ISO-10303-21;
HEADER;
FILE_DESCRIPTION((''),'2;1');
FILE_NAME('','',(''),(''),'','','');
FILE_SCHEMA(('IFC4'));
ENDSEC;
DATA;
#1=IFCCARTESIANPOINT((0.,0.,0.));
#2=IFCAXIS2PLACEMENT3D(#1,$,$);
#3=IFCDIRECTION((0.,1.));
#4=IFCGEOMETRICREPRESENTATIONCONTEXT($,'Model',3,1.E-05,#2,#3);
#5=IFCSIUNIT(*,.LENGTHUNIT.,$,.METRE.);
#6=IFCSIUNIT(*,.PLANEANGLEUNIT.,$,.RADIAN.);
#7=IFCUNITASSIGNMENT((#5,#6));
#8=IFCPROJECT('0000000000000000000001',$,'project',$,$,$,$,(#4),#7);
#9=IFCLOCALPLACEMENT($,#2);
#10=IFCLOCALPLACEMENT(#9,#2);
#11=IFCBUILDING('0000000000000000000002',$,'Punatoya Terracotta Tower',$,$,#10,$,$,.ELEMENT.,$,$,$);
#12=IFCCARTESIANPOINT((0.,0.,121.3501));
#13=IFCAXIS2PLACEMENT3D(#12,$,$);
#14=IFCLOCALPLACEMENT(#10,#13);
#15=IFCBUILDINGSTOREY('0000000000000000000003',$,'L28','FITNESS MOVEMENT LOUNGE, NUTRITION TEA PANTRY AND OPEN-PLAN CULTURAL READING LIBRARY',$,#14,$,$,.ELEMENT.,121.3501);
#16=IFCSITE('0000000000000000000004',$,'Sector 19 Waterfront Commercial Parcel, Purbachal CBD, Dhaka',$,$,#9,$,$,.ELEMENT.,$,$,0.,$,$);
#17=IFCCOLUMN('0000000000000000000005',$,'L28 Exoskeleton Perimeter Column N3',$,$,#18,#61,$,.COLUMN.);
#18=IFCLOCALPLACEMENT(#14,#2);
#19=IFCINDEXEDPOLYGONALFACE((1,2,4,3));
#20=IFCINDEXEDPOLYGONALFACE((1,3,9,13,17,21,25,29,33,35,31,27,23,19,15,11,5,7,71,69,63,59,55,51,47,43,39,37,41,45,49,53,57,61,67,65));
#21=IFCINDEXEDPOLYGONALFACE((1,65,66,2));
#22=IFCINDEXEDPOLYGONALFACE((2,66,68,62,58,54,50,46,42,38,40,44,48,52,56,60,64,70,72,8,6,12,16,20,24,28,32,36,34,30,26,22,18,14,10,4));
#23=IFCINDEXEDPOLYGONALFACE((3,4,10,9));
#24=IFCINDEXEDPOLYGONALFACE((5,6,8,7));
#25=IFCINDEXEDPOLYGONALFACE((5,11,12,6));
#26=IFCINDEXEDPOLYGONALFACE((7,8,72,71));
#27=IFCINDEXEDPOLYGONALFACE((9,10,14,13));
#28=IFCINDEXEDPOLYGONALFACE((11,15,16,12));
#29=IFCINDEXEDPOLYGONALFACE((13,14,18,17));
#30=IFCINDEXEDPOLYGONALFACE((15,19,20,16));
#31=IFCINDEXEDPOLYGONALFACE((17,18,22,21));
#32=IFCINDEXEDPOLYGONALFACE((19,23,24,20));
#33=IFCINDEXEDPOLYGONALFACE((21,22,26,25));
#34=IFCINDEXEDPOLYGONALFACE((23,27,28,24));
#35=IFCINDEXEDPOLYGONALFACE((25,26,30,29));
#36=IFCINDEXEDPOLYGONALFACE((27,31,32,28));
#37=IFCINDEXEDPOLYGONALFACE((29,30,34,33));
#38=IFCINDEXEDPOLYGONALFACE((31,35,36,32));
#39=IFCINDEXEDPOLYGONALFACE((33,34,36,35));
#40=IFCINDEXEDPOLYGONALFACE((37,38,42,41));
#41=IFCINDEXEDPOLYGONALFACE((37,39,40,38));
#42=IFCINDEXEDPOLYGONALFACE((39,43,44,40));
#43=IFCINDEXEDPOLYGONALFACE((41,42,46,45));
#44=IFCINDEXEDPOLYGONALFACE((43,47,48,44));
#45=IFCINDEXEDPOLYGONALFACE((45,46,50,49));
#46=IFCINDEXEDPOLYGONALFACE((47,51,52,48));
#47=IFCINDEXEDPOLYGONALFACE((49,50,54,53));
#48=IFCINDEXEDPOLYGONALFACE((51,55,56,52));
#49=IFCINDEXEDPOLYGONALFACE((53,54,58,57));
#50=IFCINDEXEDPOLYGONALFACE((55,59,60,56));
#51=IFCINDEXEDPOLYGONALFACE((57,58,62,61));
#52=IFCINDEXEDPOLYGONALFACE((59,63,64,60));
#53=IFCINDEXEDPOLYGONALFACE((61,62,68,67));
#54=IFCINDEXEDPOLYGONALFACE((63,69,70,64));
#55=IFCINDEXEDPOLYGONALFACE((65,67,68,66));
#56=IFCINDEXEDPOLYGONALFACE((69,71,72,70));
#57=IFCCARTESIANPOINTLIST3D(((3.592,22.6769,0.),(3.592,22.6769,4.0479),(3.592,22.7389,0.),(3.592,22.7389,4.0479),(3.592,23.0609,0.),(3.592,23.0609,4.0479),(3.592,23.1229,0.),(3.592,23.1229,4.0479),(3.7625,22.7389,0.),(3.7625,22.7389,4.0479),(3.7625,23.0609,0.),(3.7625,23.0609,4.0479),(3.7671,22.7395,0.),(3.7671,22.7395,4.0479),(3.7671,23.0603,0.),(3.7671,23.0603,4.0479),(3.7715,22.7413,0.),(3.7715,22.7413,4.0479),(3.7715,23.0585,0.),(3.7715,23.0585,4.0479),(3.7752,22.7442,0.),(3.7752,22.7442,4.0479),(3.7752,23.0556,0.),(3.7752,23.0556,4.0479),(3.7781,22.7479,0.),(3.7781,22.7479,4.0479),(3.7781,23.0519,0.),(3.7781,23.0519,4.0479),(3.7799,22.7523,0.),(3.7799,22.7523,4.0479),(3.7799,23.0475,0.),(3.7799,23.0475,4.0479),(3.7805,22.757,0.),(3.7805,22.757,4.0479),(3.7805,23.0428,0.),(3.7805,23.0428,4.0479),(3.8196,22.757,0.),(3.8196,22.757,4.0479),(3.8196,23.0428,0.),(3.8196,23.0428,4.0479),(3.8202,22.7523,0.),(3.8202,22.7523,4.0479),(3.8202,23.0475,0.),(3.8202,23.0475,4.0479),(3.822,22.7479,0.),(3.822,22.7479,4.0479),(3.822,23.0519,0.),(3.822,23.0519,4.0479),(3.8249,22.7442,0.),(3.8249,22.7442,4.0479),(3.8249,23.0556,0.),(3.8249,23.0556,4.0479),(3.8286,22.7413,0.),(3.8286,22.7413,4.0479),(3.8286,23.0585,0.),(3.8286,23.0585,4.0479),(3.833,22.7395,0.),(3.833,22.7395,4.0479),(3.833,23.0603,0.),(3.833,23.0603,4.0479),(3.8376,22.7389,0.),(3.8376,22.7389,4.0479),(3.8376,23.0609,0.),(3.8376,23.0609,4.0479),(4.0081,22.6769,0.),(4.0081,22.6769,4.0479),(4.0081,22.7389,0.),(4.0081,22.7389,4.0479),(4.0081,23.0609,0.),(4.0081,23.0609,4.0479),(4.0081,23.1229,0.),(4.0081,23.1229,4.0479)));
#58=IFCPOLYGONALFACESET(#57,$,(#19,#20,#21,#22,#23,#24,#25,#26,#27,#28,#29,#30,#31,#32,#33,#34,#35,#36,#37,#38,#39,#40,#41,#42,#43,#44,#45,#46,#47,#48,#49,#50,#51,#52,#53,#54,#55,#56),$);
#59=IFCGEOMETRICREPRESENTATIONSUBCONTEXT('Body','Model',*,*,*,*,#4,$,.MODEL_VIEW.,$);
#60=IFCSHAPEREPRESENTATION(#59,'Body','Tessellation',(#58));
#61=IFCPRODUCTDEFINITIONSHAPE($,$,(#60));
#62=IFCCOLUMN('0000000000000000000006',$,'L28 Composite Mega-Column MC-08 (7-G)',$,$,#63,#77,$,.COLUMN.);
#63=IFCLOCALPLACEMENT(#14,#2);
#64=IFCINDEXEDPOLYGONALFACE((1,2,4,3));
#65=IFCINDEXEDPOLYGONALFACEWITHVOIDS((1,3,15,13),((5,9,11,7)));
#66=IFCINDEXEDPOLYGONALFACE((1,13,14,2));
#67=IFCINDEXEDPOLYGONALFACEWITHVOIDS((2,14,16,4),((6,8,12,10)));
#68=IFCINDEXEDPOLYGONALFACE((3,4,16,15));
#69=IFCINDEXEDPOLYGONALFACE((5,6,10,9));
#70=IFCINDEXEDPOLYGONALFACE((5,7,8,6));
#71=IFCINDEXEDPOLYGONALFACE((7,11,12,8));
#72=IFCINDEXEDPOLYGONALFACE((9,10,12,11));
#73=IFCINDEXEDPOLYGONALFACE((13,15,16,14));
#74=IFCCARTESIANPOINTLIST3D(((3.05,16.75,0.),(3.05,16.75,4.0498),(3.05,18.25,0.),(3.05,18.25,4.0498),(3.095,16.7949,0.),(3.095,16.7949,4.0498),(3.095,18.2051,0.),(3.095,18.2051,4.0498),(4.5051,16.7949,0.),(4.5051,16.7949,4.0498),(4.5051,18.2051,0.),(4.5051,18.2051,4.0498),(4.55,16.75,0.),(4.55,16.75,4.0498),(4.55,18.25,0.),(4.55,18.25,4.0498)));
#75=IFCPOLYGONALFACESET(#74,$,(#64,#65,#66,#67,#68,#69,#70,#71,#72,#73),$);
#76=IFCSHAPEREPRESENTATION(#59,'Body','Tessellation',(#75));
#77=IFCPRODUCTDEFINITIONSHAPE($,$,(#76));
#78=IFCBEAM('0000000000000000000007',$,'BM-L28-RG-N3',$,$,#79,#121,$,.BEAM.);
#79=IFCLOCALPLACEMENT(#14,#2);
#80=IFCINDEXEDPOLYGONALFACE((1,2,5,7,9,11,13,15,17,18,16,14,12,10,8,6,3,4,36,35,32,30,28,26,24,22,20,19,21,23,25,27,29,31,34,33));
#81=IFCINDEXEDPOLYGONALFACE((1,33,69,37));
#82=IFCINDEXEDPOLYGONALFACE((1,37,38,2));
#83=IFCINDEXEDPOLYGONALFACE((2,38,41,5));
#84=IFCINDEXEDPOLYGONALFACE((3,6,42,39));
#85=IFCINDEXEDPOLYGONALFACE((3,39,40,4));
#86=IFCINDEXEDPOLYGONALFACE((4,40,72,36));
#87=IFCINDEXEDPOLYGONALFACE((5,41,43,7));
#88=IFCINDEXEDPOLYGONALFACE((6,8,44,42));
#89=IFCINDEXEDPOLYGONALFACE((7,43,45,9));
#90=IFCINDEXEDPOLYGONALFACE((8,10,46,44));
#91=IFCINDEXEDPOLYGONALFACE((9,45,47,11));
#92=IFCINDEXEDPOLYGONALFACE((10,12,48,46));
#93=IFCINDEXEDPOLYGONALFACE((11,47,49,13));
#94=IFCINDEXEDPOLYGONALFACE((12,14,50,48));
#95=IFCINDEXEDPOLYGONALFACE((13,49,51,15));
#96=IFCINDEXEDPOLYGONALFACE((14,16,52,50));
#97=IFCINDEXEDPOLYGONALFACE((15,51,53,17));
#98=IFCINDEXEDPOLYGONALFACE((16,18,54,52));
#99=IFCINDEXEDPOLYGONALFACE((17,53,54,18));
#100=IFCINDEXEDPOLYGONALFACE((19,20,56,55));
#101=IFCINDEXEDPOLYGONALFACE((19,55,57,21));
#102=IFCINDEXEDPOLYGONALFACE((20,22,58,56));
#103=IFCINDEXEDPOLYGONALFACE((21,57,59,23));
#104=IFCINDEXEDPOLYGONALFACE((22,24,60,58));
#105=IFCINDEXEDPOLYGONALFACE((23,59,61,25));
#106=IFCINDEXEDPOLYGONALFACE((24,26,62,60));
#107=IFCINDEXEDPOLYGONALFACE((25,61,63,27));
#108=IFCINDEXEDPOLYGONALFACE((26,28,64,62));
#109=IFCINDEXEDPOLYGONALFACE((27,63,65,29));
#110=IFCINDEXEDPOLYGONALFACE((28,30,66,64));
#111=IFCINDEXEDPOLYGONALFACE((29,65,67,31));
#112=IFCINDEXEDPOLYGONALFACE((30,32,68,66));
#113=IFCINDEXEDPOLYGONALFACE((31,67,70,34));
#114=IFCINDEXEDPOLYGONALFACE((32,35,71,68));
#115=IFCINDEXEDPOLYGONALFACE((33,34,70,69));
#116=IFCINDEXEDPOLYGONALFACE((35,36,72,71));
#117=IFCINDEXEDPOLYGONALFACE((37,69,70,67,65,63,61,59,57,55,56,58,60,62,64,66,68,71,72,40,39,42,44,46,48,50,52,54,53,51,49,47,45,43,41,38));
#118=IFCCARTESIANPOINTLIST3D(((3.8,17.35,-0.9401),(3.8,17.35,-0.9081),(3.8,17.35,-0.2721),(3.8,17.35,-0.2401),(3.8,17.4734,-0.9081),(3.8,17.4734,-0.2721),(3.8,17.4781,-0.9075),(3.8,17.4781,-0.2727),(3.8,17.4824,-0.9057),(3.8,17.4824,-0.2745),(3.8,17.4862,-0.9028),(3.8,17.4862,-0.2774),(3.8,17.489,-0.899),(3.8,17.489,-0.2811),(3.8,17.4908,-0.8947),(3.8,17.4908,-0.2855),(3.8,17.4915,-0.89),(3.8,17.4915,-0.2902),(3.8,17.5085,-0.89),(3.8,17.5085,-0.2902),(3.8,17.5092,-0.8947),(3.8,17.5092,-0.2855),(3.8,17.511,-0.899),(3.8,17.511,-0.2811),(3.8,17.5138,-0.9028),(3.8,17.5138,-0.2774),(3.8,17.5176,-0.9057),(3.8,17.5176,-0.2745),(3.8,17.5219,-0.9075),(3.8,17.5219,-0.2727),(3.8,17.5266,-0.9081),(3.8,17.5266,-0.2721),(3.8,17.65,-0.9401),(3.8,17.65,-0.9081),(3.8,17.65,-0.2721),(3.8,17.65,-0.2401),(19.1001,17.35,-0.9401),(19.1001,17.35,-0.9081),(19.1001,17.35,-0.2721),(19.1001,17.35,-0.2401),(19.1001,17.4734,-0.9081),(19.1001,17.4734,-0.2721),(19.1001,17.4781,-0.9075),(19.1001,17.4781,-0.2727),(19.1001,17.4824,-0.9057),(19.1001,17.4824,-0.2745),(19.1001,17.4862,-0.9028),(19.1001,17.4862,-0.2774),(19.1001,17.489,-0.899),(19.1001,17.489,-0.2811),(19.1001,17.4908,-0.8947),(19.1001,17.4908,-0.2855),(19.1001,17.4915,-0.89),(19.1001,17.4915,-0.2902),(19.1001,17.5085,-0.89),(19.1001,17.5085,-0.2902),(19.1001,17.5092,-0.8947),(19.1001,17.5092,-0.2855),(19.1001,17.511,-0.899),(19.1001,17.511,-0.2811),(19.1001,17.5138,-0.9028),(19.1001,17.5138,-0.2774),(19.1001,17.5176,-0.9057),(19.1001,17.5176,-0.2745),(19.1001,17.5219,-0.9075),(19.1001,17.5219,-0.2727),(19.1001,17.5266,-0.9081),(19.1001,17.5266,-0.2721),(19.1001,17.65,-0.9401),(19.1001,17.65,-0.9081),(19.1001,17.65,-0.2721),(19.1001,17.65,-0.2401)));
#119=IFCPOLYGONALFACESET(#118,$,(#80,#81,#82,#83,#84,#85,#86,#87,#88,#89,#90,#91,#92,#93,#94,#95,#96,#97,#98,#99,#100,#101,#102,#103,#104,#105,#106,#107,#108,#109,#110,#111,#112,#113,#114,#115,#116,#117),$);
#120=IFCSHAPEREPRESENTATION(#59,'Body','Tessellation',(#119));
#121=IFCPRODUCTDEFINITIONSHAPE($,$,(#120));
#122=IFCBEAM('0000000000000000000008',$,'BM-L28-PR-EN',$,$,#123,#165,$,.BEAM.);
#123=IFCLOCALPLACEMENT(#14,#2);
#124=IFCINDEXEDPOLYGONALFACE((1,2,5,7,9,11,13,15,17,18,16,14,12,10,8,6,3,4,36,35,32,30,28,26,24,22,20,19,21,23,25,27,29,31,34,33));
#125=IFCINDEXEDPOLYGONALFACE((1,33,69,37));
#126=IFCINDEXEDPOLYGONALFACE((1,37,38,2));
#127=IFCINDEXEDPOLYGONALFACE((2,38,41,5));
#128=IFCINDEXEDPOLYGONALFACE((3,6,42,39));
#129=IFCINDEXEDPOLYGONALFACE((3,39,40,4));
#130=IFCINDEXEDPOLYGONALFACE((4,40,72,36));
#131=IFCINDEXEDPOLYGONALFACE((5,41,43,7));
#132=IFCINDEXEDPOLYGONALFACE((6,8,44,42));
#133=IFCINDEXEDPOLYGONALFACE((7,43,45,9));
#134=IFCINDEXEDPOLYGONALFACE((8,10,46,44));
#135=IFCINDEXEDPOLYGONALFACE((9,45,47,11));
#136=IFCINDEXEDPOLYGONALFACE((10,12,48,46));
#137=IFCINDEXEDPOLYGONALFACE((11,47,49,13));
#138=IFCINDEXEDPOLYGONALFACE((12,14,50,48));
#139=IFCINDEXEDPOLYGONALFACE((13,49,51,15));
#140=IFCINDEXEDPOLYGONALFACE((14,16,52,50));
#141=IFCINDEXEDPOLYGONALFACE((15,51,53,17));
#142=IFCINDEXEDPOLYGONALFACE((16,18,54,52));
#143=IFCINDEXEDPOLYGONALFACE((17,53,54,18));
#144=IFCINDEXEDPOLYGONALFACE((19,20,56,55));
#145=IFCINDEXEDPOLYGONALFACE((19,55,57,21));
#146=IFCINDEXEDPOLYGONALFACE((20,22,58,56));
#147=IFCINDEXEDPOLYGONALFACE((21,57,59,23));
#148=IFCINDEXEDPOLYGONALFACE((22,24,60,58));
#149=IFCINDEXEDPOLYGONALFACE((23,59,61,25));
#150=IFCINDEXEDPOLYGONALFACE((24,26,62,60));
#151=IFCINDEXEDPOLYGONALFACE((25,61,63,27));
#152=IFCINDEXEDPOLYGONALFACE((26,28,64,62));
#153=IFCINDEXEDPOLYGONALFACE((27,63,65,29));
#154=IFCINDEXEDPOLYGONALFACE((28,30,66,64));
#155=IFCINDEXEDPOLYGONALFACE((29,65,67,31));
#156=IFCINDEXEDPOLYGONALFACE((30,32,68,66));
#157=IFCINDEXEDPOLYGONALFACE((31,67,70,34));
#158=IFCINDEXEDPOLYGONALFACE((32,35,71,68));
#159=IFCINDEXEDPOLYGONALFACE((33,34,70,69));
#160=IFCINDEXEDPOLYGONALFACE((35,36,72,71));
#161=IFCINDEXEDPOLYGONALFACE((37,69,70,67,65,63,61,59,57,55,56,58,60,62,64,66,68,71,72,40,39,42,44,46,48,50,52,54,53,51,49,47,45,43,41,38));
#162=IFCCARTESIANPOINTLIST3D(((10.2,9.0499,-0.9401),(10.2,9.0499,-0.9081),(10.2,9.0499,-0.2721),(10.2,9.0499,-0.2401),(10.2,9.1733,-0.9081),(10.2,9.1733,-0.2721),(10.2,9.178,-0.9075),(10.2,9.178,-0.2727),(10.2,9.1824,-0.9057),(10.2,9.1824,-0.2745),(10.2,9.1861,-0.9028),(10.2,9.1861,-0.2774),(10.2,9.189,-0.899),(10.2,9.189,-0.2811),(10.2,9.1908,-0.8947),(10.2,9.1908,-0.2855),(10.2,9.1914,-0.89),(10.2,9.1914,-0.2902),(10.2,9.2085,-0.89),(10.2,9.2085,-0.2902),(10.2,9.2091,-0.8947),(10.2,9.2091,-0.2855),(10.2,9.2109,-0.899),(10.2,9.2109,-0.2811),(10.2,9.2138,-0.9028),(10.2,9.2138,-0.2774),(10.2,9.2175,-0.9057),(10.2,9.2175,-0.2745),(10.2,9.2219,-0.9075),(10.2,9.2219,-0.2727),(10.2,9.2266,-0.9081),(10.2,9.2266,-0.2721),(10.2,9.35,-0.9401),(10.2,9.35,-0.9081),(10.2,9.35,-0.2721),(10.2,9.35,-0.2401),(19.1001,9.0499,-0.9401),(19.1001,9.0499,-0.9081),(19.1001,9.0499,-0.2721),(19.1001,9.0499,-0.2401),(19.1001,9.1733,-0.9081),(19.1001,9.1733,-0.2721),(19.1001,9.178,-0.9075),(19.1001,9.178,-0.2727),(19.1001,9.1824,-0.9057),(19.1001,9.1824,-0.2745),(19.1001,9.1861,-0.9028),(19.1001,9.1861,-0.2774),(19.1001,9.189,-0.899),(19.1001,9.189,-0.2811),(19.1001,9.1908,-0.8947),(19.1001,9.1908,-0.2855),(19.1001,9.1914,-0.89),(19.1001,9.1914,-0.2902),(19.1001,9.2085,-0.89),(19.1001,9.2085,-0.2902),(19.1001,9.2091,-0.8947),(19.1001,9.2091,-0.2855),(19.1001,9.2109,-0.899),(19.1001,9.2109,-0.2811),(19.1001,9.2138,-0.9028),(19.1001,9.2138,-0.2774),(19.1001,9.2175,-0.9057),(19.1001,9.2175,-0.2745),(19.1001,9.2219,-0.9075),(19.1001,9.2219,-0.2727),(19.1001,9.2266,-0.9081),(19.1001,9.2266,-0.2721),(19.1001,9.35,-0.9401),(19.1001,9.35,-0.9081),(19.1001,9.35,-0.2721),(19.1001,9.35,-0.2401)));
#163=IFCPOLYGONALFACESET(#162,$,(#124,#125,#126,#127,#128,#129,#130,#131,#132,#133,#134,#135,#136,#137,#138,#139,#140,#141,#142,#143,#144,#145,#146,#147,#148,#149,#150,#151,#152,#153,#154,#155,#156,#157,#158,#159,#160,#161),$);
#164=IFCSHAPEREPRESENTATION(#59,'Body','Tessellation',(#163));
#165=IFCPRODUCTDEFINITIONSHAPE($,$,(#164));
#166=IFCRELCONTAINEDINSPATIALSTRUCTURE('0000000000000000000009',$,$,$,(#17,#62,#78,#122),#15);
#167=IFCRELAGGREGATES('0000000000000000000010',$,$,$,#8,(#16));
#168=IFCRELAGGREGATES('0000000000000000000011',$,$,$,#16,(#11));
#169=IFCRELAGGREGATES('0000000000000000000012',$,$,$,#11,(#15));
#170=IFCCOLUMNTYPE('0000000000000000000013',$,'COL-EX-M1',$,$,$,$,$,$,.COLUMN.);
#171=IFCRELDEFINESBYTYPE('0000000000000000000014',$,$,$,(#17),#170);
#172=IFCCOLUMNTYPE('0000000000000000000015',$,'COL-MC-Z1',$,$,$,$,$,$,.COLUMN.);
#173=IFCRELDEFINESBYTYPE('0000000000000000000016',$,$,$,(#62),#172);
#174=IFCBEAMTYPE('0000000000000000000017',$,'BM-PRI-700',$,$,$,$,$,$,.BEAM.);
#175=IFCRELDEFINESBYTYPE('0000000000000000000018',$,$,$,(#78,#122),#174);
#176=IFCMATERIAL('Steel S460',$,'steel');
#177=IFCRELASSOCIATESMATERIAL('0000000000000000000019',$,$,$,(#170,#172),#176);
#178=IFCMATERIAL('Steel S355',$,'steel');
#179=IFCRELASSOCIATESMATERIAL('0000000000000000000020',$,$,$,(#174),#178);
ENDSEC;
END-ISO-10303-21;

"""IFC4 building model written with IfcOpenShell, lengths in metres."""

from ifc_helpers import new_model, si_unit, direction, frame, origin, origin_2d, place, context, subcontext, project, spatial, hollow_rectangle, i_section, extrude, material, material_profile, profile_set, type_object, element, save


model = new_model("IFC4")

# Units and contexts
model_context = context("Model", 3, precision=1e-05, world=origin(), true_north=direction((0.0, 1.0)))
body_context = subcontext(model_context, "Body", "Model", "MODEL_VIEW")
ifc_project = project(units=[si_unit("LENGTHUNIT", "METRE"), si_unit("PLANEANGLEUNIT", "RADIAN")], contexts=[model_context])

# Site, building, storey
site_placement = place(None, origin())
site = spatial("IfcSite", under=ifc_project, at=site_placement, Name="Sector 19 Waterfront Commercial Parcel, Purbachal CBD, Dhaka", CompositionType="ELEMENT", RefElevation=0.0)
building_placement = place(site_placement, origin())
building = spatial("IfcBuilding", under=site, at=building_placement, Name="Punatoya Terracotta Tower", CompositionType="ELEMENT")
storey_placement = place(building_placement, frame((0.0, 0.0, 121.3501)))
storey = spatial("IfcBuildingStorey", under=building, at=storey_placement, Name="L28", Description="FITNESS MOVEMENT LOUNGE, NUTRITION TEA PANTRY AND OPEN-PLAN CULTURAL READING LIBRARY", CompositionType="ELEMENT", Elevation=121.3501)

# Columns
ifc_material_1 = material(Name="Steel S460", Category="steel")
ifc_material_profile_1 = material_profile(ifc_material_1, i_section(OverallWidth=0.416, OverallDepth=0.446, WebThickness=0.0391, FlangeThickness=0.062, FilletRadius=0.0181, at=origin_2d()))
ifc_profile_set_1 = profile_set([ifc_material_profile_1], Name="Steel S460")
column_type_1 = type_object("IfcColumnType", Name="COL-EX-M1", PredefinedType="COLUMN", material=ifc_profile_set_1)
column_1_placement = place(storey_placement, frame((3.8, 22.8999, 0.0), z_axis=(0.0, 0.0, 1.0), x_axis=(1.0, 0.0, 0.0)))
element("IfcColumn", 1, at=column_1_placement, inside=storey, type_object=column_type_1, Name="L28 Exoskeleton Perimeter Column N3", PredefinedType="COLUMN", context=body_context, shape_type="SweptSolid", body=[
    extrude(i_section(OverallWidth=0.416, OverallDepth=0.446, WebThickness=0.0391, FlangeThickness=0.062, FilletRadius=0.0181, at=origin_2d()), origin(), (0.0, 0.0, 1.0), 4.0479),
])
ifc_material_profile_2 = material_profile(ifc_material_1, hollow_rectangle(XDim=1.5, YDim=1.5, WallThickness=0.0449, at=origin_2d()))
ifc_profile_set_2 = profile_set([ifc_material_profile_2], Name="Steel S460")
column_type_2 = type_object("IfcColumnType", Name="COL-MC-Z1", PredefinedType="COLUMN", material=ifc_profile_set_2)
column_2_placement = place(storey_placement, frame((3.8, 17.5, 0.0), z_axis=(0.0, 0.0, 1.0), x_axis=(1.0, 0.0, 0.0)))
element("IfcColumn", 2, at=column_2_placement, inside=storey, type_object=column_type_2, Name="L28 Composite Mega-Column MC-08 (7-G)", PredefinedType="COLUMN", context=body_context, shape_type="SweptSolid", body=[
    extrude(hollow_rectangle(XDim=1.5, YDim=1.5, WallThickness=0.0449, at=origin_2d()), origin(), (0.0, 0.0, 1.0), 4.0498),
])

# Beams
ifc_material_2 = material(Name="Steel S355", Category="steel")
ifc_material_profile_3 = material_profile(ifc_material_2, i_section(OverallWidth=0.3, OverallDepth=0.7, WebThickness=0.0171, FlangeThickness=0.032, FilletRadius=0.0181, at=origin_2d()))
ifc_profile_set_3 = profile_set([ifc_material_profile_3], Name="Steel S355")
beam_type_1 = type_object("IfcBeamType", Name="BM-PRI-700", PredefinedType="BEAM", material=ifc_profile_set_3)
beam_1_placement = place(storey_placement, frame((3.8, 17.5, -0.5901), z_axis=(1.0, 0.0, 0.0), x_axis=(0.0, 1.0, 0.0)))
element("IfcBeam", 3, at=beam_1_placement, inside=storey, type_object=beam_type_1, Name="BM-L28-RG-N3", PredefinedType="BEAM", context=body_context, shape_type="SweptSolid", body=[
    extrude(i_section(OverallWidth=0.3, OverallDepth=0.7, WebThickness=0.0171, FlangeThickness=0.032, FilletRadius=0.0181, at=origin_2d()), origin(), (0.0, 0.0, 1.0), 15.3),
])
beam_2_placement = place(storey_placement, frame((10.2, 9.2, -0.5901), z_axis=(1.0, 0.0, 0.0), x_axis=(0.0, 1.0, 0.0)))
element("IfcBeam", 4, at=beam_2_placement, inside=storey, type_object=beam_type_1, Name="BM-L28-PR-EN", PredefinedType="BEAM", context=body_context, shape_type="SweptSolid", body=[
    extrude(i_section(OverallWidth=0.3, OverallDepth=0.7, WebThickness=0.0171, FlangeThickness=0.032, FilletRadius=0.0181, at=origin_2d()), origin(), (0.0, 0.0, 1.0), 8.9001),
])

save(model, "model.ifc")
